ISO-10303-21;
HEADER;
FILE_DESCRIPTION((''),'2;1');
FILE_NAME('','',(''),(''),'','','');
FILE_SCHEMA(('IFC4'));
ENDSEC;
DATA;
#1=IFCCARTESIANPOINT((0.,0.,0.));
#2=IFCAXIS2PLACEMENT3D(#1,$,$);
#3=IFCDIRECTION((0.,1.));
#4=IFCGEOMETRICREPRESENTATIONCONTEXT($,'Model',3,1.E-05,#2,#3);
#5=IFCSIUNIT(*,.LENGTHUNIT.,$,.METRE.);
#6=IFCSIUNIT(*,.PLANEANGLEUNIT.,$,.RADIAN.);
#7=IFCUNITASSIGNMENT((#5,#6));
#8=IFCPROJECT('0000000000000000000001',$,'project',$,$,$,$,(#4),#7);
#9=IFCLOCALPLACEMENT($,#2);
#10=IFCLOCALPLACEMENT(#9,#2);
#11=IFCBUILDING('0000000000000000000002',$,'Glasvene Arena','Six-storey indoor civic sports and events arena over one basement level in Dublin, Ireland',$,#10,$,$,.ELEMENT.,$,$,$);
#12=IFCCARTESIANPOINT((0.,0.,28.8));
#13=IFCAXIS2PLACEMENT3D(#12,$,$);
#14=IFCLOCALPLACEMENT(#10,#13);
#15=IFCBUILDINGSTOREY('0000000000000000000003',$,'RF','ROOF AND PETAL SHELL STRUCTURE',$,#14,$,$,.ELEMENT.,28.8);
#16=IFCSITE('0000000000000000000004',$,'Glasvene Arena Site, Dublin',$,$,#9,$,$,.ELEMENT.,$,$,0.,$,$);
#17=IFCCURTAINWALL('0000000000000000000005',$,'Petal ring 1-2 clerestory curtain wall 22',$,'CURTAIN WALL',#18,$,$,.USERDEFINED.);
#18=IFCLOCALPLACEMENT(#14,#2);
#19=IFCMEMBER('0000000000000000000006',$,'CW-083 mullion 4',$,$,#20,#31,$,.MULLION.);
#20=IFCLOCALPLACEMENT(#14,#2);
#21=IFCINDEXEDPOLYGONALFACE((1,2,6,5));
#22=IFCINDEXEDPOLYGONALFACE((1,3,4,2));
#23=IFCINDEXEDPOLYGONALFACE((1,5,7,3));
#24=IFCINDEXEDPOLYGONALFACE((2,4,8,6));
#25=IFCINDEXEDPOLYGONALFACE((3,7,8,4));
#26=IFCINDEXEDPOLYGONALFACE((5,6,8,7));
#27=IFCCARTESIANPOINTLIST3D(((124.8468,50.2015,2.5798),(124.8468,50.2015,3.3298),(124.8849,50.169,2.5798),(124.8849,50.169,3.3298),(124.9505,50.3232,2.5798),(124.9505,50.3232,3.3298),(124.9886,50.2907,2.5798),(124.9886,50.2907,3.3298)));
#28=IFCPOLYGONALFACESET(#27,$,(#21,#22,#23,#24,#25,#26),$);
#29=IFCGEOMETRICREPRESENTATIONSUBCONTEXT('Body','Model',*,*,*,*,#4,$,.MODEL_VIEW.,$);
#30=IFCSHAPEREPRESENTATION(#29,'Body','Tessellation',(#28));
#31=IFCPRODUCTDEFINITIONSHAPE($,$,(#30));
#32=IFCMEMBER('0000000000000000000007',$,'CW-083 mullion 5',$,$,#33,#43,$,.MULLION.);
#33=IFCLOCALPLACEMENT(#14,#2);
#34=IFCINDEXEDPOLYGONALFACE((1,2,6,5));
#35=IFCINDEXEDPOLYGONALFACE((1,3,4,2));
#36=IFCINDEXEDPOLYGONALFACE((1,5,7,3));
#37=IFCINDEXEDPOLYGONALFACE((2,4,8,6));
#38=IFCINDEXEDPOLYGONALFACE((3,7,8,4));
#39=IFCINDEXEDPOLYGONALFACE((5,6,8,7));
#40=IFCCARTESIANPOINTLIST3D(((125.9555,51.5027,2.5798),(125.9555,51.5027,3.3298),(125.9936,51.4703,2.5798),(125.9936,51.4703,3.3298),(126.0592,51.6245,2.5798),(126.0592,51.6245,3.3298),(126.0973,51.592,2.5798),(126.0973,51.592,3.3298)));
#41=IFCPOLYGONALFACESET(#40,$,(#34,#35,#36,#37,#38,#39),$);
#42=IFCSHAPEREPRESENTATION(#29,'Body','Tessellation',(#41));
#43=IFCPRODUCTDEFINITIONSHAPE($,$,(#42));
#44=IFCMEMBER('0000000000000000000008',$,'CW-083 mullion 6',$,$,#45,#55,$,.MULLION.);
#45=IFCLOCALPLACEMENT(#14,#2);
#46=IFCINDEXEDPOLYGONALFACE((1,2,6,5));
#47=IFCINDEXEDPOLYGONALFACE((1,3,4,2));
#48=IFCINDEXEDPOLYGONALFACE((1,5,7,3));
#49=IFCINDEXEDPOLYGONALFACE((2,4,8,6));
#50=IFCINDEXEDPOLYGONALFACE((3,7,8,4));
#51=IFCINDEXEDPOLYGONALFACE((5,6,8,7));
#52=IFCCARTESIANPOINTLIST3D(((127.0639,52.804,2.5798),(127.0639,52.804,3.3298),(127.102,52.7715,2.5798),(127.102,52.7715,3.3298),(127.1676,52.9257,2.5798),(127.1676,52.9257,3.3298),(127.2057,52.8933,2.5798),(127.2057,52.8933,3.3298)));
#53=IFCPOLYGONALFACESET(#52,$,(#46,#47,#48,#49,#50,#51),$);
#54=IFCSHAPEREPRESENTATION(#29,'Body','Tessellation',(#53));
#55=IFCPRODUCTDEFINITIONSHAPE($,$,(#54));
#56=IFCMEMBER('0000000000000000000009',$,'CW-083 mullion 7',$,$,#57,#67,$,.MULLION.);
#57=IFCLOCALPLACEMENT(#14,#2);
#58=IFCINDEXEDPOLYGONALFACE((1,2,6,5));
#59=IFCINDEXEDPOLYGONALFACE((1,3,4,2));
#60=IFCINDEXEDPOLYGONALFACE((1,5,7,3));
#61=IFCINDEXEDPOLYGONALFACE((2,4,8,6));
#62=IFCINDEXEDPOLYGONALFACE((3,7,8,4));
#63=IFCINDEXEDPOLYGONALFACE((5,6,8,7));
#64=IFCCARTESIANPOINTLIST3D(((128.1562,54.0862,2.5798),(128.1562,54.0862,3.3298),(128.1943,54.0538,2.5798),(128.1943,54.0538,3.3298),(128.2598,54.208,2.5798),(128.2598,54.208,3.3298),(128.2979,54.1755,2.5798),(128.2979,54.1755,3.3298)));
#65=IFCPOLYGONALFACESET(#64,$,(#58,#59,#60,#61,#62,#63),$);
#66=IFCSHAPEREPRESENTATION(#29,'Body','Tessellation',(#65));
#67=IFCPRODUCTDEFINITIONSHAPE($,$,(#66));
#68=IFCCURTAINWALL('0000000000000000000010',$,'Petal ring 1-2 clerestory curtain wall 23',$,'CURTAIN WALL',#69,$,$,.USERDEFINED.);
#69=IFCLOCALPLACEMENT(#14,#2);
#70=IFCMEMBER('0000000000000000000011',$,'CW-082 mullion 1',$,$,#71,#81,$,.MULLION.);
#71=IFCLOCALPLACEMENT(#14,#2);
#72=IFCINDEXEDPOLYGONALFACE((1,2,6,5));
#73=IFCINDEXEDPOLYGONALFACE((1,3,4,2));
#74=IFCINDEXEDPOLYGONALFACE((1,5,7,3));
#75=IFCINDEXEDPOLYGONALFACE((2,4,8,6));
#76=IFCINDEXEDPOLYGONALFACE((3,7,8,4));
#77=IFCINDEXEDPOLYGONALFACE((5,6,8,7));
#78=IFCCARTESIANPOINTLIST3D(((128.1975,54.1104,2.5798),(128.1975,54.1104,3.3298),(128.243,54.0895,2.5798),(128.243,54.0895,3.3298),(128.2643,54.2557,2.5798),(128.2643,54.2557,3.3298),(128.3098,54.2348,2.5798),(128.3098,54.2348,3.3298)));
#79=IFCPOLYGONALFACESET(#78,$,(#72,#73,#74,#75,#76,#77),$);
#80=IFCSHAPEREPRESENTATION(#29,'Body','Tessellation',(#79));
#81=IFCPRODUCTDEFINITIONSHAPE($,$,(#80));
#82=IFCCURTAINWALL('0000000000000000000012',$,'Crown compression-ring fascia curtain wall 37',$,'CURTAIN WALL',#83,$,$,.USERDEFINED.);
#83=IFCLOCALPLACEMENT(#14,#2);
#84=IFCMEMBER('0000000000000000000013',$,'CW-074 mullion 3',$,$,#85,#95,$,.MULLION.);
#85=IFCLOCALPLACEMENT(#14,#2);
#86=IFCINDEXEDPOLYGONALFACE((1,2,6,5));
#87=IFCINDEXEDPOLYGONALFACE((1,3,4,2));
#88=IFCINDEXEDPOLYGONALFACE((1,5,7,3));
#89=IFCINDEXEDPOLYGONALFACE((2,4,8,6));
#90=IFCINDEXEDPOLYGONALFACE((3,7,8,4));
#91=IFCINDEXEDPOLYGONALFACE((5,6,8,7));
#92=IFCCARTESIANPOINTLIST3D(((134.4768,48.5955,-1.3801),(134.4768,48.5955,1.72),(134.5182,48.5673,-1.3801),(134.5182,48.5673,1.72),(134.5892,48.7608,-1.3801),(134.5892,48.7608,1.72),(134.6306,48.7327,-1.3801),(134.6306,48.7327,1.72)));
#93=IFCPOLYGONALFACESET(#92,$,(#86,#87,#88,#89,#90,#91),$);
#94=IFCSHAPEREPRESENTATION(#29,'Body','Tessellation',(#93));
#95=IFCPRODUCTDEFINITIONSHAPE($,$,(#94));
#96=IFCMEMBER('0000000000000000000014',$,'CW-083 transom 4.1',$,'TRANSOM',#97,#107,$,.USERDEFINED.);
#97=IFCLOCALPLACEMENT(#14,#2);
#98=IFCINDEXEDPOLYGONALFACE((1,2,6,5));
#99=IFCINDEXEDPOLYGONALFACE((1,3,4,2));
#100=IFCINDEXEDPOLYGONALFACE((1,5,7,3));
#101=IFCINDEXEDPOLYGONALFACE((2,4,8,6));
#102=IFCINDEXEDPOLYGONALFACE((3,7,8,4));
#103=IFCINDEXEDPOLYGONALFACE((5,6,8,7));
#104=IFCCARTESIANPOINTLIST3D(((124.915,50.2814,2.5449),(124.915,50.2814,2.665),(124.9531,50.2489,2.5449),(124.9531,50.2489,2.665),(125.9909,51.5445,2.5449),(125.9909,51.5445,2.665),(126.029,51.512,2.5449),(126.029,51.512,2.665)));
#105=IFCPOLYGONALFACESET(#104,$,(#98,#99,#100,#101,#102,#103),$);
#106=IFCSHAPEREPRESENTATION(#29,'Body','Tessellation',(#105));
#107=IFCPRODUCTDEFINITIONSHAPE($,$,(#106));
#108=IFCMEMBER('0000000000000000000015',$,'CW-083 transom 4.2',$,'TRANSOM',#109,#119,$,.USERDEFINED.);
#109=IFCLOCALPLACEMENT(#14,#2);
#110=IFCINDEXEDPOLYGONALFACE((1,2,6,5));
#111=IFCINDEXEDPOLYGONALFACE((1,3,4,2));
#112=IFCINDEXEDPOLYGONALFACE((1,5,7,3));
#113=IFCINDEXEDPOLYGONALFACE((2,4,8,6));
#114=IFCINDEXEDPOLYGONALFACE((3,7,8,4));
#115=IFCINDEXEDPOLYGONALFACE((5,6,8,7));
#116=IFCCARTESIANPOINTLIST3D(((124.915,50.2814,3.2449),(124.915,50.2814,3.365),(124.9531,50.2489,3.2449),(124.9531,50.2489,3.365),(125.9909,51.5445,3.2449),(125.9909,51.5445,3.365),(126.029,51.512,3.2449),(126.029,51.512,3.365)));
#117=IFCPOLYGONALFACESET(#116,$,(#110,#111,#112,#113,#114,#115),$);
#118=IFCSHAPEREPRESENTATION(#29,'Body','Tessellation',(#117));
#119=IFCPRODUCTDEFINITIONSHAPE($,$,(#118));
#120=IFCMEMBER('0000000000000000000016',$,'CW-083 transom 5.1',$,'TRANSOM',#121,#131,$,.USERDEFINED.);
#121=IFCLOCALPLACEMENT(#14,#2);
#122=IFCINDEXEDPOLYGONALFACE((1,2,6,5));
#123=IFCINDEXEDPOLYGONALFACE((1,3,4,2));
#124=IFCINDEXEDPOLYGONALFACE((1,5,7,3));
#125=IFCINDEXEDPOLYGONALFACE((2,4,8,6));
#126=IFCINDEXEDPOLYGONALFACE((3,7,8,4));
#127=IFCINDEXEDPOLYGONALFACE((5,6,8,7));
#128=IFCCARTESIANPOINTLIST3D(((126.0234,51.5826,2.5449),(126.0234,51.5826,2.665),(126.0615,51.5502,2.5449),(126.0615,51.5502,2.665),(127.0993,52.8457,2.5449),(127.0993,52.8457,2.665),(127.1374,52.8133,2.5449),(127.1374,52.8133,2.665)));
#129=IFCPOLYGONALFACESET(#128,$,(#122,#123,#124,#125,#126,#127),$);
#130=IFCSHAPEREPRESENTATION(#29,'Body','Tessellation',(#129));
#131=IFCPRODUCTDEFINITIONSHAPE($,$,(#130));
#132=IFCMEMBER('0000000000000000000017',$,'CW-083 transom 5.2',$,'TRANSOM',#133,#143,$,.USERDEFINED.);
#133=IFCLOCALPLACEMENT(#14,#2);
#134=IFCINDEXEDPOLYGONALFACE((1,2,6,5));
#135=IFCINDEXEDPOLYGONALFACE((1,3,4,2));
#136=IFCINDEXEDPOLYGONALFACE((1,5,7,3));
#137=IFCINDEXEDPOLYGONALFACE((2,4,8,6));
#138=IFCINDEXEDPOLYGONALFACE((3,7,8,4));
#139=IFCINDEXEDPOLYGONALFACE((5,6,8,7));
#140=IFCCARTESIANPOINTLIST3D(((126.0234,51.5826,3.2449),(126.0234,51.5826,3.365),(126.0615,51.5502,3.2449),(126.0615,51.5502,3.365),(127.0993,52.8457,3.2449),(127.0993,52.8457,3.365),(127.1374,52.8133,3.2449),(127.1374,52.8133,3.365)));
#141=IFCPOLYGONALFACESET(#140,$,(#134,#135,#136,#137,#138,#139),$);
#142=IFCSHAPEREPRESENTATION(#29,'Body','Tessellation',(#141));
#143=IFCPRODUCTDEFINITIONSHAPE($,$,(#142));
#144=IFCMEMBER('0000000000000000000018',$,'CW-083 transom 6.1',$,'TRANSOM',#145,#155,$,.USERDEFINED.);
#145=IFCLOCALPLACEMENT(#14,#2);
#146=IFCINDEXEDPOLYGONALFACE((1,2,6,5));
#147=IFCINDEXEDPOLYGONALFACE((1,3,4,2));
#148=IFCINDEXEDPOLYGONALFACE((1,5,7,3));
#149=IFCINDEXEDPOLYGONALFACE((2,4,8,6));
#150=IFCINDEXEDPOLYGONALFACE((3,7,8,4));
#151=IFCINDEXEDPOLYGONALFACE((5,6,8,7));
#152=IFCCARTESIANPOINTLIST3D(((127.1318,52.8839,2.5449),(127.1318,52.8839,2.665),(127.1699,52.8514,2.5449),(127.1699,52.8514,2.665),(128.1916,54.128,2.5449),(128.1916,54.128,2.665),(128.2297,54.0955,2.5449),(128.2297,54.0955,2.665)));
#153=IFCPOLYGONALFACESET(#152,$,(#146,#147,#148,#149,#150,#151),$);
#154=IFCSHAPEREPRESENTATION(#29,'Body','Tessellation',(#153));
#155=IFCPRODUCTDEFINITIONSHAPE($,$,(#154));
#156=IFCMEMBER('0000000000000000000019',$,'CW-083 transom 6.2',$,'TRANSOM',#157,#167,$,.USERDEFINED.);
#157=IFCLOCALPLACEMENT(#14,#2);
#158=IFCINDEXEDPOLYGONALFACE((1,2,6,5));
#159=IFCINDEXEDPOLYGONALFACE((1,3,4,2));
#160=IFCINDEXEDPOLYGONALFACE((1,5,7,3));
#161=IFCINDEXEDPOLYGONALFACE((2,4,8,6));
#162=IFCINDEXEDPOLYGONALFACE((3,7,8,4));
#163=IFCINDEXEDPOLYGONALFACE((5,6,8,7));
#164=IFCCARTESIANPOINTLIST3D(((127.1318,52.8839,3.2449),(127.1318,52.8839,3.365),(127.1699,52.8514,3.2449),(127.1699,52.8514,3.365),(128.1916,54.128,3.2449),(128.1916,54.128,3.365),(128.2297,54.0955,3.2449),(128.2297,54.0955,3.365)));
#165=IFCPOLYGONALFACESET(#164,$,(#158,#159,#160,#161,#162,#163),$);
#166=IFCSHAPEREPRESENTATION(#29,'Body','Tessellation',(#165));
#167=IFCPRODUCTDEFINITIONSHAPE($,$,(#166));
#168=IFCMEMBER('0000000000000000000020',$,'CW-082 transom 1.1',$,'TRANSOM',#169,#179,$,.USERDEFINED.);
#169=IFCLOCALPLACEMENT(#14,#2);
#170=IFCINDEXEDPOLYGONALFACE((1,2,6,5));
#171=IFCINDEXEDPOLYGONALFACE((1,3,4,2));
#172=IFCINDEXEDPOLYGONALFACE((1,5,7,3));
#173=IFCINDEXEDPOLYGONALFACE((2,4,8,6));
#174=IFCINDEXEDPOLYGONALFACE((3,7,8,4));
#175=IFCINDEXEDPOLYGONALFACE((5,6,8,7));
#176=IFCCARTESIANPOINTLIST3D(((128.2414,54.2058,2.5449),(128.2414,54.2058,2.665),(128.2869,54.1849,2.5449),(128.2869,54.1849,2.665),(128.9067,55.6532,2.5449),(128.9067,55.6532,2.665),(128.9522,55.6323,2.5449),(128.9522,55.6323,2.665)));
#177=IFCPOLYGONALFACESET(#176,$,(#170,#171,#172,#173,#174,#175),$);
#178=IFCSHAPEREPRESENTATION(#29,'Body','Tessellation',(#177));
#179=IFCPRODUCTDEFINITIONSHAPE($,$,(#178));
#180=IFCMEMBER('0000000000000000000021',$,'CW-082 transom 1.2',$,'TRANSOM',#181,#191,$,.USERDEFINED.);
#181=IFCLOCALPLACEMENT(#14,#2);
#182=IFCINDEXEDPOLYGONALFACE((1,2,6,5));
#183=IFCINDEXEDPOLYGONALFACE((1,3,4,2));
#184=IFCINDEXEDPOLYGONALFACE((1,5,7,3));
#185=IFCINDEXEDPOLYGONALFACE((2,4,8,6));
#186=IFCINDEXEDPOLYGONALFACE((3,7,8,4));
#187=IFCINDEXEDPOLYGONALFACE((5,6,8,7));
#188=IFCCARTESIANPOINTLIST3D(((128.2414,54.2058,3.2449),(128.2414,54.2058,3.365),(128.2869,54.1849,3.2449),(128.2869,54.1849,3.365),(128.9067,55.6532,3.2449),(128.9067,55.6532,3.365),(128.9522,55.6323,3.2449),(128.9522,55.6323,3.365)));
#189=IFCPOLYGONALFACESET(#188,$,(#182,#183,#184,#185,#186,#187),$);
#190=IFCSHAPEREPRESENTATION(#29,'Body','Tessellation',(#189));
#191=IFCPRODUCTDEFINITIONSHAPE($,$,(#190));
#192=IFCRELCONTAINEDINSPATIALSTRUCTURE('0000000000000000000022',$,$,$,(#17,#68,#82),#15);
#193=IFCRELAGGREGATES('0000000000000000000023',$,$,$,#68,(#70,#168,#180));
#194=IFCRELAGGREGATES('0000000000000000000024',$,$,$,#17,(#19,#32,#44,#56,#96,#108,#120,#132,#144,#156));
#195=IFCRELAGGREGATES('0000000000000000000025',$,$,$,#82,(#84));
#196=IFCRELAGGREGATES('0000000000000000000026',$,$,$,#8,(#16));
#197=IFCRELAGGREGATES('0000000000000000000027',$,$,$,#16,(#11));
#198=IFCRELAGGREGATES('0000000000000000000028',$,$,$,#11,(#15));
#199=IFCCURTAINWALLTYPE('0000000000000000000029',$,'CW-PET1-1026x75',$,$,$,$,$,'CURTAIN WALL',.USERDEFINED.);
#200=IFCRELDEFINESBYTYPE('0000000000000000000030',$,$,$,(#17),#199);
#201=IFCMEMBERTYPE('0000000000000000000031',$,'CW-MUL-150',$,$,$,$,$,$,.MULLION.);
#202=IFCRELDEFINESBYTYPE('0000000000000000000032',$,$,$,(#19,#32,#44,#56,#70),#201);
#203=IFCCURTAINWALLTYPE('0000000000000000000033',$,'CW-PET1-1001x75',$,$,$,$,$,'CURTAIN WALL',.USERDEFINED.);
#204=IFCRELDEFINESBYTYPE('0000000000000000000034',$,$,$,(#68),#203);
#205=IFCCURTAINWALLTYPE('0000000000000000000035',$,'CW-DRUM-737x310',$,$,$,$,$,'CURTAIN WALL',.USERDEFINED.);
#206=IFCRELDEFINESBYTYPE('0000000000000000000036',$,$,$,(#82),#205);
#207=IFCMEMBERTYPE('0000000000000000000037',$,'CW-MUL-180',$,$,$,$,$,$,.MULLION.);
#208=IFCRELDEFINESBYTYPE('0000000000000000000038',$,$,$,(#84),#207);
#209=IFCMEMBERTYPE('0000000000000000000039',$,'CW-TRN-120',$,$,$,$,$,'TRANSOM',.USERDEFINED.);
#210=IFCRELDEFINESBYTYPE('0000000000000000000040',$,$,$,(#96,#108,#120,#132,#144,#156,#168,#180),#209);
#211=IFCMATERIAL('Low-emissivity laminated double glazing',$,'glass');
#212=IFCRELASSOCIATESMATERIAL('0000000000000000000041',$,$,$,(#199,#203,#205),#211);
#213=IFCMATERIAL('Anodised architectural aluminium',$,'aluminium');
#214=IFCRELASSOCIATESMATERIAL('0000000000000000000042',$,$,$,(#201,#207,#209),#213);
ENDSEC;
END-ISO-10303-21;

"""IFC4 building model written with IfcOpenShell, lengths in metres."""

from ifc_helpers import new_model, si_unit, direction, frame, origin, origin_2d, place, context, subcontext, project, spatial, rectangle, extrude, material, material_profile, profile_set, type_object, element, aggregate, save


model = new_model("IFC4")

# Units and contexts
model_context = context("Model", 3, precision=1e-05, world=origin(), true_north=direction((0.0, 1.0)))
body_context = subcontext(model_context, "Body", "Model", "MODEL_VIEW")
ifc_project = project(units=[si_unit("LENGTHUNIT", "METRE"), si_unit("PLANEANGLEUNIT", "RADIAN")], contexts=[model_context])

# Site, building, storey
site_placement = place(None, origin())
site = spatial("IfcSite", under=ifc_project, at=site_placement, Name="Glasvene Arena Site, Dublin", CompositionType="ELEMENT", RefElevation=0.0)
building_placement = place(site_placement, origin())
building = spatial("IfcBuilding", under=site, at=building_placement, Name="Glasvene Arena", Description="Six-storey indoor civic sports and events arena over one basement level in Dublin, Ireland", CompositionType="ELEMENT")
storey_placement = place(building_placement, frame((0.0, 0.0, 28.8)))
storey = spatial("IfcBuildingStorey", under=building, at=storey_placement, Name="RF", Description="ROOF AND PETAL SHELL STRUCTURE", CompositionType="ELEMENT", Elevation=28.8)

# Curtain wall, members
ifc_material_1 = material(Name="Low-emissivity laminated double glazing", Category="glass")
curtain_wall_type_1 = type_object("IfcCurtainWallType", Name="CW-PET1-1026x75", ElementType="CURTAIN WALL", PredefinedType="USERDEFINED", material=ifc_material_1)
curtain_wall_1_placement = place(storey_placement, frame((121.5923, 46.342, 0.0)))
curtain_wall_1 = element("IfcCurtainWall", 1, at=curtain_wall_1_placement, inside=storey, type_object=curtain_wall_type_1, Name="Petal ring 1-2 clerestory curtain wall 22", ObjectType="CURTAIN WALL", PredefinedType="USERDEFINED")
ifc_material_2 = material(Name="Anodised architectural aluminium", Category="aluminium")
ifc_material_profile_1 = material_profile(ifc_material_2, rectangle(XDim=0.05, YDim=0.1599, at=origin_2d()), Name="ALU MULLION 50x160")
ifc_profile_set_1 = profile_set([ifc_material_profile_1], Name="Anodised architectural aluminium")
member_type_1 = type_object("IfcMemberType", Name="CW-MUL-150", PredefinedType="MULLION", material=ifc_profile_set_1)
member_1_placement = place(storey_placement, frame((124.9177, 50.2461, 2.5798), z_axis=(0.0, 0.0, 1.0), x_axis=(-0.761261, 0.648445, 0.0)))
member_1 = element("IfcMember", 2, at=member_1_placement, type_object=member_type_1, Name="CW-083 mullion 4", PredefinedType="MULLION", context=body_context, shape_type="SweptSolid", body=[
    extrude(rectangle(XDim=0.05, YDim=0.1599, at=origin_2d()), origin(), (0.0, 0.0, 1.0), 0.75),
])
member_2_placement = place(storey_placement, frame((126.0264, 51.5474, 2.5798), z_axis=(0.0, 0.0, 1.0), x_axis=(-0.761261, 0.648445, 0.0)))
member_2 = element("IfcMember", 3, at=member_2_placement, type_object=member_type_1, Name="CW-083 mullion 5", PredefinedType="MULLION", context=body_context, shape_type="SweptSolid", body=[
    extrude(rectangle(XDim=0.05, YDim=0.1599, at=origin_2d()), origin(), (0.0, 0.0, 1.0), 0.75),
])
member_3_placement = place(storey_placement, frame((127.1348, 52.8486, 2.5798), z_axis=(0.0, 0.0, 1.0), x_axis=(-0.761261, 0.648445, 0.0)))
member_3 = element("IfcMember", 4, at=member_3_placement, type_object=member_type_1, Name="CW-083 mullion 6", PredefinedType="MULLION", context=body_context, shape_type="SweptSolid", body=[
    extrude(rectangle(XDim=0.05, YDim=0.1599, at=origin_2d()), origin(), (0.0, 0.0, 1.0), 0.75),
])
member_4_placement = place(storey_placement, frame((128.2271, 54.1309, 2.5798), z_axis=(0.0, 0.0, 1.0), x_axis=(-0.761261, 0.648445, 0.0)))
member_4 = element("IfcMember", 5, at=member_4_placement, type_object=member_type_1, Name="CW-083 mullion 7", PredefinedType="MULLION", context=body_context, shape_type="SweptSolid", body=[
    extrude(rectangle(XDim=0.05, YDim=0.1599, at=origin_2d()), origin(), (0.0, 0.0, 1.0), 0.75),
])

# Curtain walls, members
curtain_wall_type_2 = type_object("IfcCurtainWallType", Name="CW-PET1-1001x75", ElementType="CURTAIN WALL", PredefinedType="USERDEFINED", material=ifc_material_1)
curtain_wall_2_placement = place(storey_placement, frame((128.2432, 54.1499, 0.0)))
curtain_wall_2 = element("IfcCurtainWall", 6, at=curtain_wall_2_placement, inside=storey, type_object=curtain_wall_type_2, Name="Petal ring 1-2 clerestory curtain wall 23", ObjectType="CURTAIN WALL", PredefinedType="USERDEFINED")
member_5_placement = place(storey_placement, frame((128.2537, 54.1726, 2.5798), z_axis=(0.0, 0.0, 1.0), x_axis=(-0.908557, 0.417761, 0.0)))
member_5 = element("IfcMember", 7, at=member_5_placement, type_object=member_type_1, Name="CW-082 mullion 1", PredefinedType="MULLION", context=body_context, shape_type="SweptSolid", body=[
    extrude(rectangle(XDim=0.05, YDim=0.1599, at=origin_2d()), origin(), (0.0, 0.0, 1.0), 0.75),
])
curtain_wall_type_3 = type_object("IfcCurtainWallType", Name="CW-DRUM-737x310", ElementType="CURTAIN WALL", PredefinedType="USERDEFINED", material=ifc_material_1)
curtain_wall_3_placement = place(storey_placement, frame((132.8958, 46.2263, 0.0)))
curtain_wall_3 = element("IfcCurtainWall", 8, at=curtain_wall_3_placement, inside=storey, type_object=curtain_wall_type_3, Name="Crown compression-ring fascia curtain wall 37", ObjectType="CURTAIN WALL", PredefinedType="USERDEFINED")
ifc_material_profile_2 = material_profile(ifc_material_2, rectangle(XDim=0.05, YDim=0.2, at=origin_2d()), Name="ALU MULLION 50x200")
ifc_profile_set_2 = profile_set([ifc_material_profile_2], Name="Anodised architectural aluminium")
member_type_2 = type_object("IfcMemberType", Name="CW-MUL-180", PredefinedType="MULLION", material=ifc_profile_set_2)
member_6_placement = place(storey_placement, frame((134.5537, 48.6641, -1.3801), z_axis=(0.0, 0.0, 1.0), x_axis=(-0.826896, 0.562354, 0.0)))
member_6 = element("IfcMember", 9, at=member_6_placement, type_object=member_type_2, Name="CW-074 mullion 3", PredefinedType="MULLION", context=body_context, shape_type="SweptSolid", body=[
    extrude(rectangle(XDim=0.05, YDim=0.2, at=origin_2d()), origin(), (0.0, 0.0, 1.0), 3.1001),
])

# Members
ifc_material_profile_3 = material_profile(ifc_material_2, rectangle(XDim=0.05, YDim=0.1201, at=origin_2d()), Name="ALU TRANSOM 50x120")
ifc_profile_set_3 = profile_set([ifc_material_profile_3], Name="Anodised architectural aluminium")
member_type_3 = type_object("IfcMemberType", Name="CW-TRN-120", ElementType="TRANSOM", PredefinedType="USERDEFINED", material=ifc_profile_set_3)
member_7_placement = place(storey_placement, frame((124.9341, 50.2651, 2.605), z_axis=(0.648425, 0.761278, 0.0), x_axis=(-0.761278, 0.648425, 0.0)))
member_7 = element("IfcMember", 10, at=member_7_placement, type_object=member_type_3, Name="CW-083 transom 4.1", ObjectType="TRANSOM", PredefinedType="USERDEFINED", context=body_context, shape_type="SweptSolid", body=[
    extrude(rectangle(XDim=0.05, YDim=0.1201, at=origin_2d()), origin(), (0.0, 0.0, 1.0), 1.6592),
])
member_8_placement = place(storey_placement, frame((124.9341, 50.2651, 3.3049), z_axis=(0.648425, 0.761278, 0.0), x_axis=(-0.761278, 0.648425, 0.0)))
member_8 = element("IfcMember", 11, at=member_8_placement, type_object=member_type_3, Name="CW-083 transom 4.2", ObjectType="TRANSOM", PredefinedType="USERDEFINED", context=body_context, shape_type="SweptSolid", body=[
    extrude(rectangle(XDim=0.05, YDim=0.1201, at=origin_2d()), origin(), (0.0, 0.0, 1.0), 1.6592),
])
member_9_placement = place(storey_placement, frame((126.0425, 51.5664, 2.605), z_axis=(0.648425, 0.761278, 0.0), x_axis=(-0.761278, 0.648425, 0.0)))
member_9 = element("IfcMember", 12, at=member_9_placement, type_object=member_type_3, Name="CW-083 transom 5.1", ObjectType="TRANSOM", PredefinedType="USERDEFINED", context=body_context, shape_type="SweptSolid", body=[
    extrude(rectangle(XDim=0.05, YDim=0.1201, at=origin_2d()), origin(), (0.0, 0.0, 1.0), 1.6592),
])
member_10_placement = place(storey_placement, frame((126.0425, 51.5664, 3.3049), z_axis=(0.648425, 0.761278, 0.0), x_axis=(-0.761278, 0.648425, 0.0)))
member_10 = element("IfcMember", 13, at=member_10_placement, type_object=member_type_3, Name="CW-083 transom 5.2", ObjectType="TRANSOM", PredefinedType="USERDEFINED", context=body_context, shape_type="SweptSolid", body=[
    extrude(rectangle(XDim=0.05, YDim=0.1201, at=origin_2d()), origin(), (0.0, 0.0, 1.0), 1.6592),
])
member_11_placement = place(storey_placement, frame((127.1509, 52.8677, 2.605), z_axis=(0.648463, 0.761246, 0.0), x_axis=(-0.761246, 0.648463, 0.0)))
member_11 = element("IfcMember", 14, at=member_11_placement, type_object=member_type_3, Name="CW-083 transom 6.1", ObjectType="TRANSOM", PredefinedType="USERDEFINED", context=body_context, shape_type="SweptSolid", body=[
    extrude(rectangle(XDim=0.05, YDim=0.1201, at=origin_2d()), origin(), (0.0, 0.0, 1.0), 1.6343),
])
member_12_placement = place(storey_placement, frame((127.1509, 52.8677, 3.3049), z_axis=(0.648463, 0.761246, 0.0), x_axis=(-0.761246, 0.648463, 0.0)))
member_12 = element("IfcMember", 15, at=member_12_placement, type_object=member_type_3, Name="CW-083 transom 6.2", ObjectType="TRANSOM", PredefinedType="USERDEFINED", context=body_context, shape_type="SweptSolid", body=[
    extrude(rectangle(XDim=0.05, YDim=0.1201, at=origin_2d()), origin(), (0.0, 0.0, 1.0), 1.6343),
])
member_13_placement = place(storey_placement, frame((128.2642, 54.1953, 2.605), z_axis=(0.41761, 0.908627, 0.0), x_axis=(-0.908627, 0.41761, 0.0)))
member_13 = element("IfcMember", 16, at=member_13_placement, type_object=member_type_3, Name="CW-082 transom 1.1", ObjectType="TRANSOM", PredefinedType="USERDEFINED", context=body_context, shape_type="SweptSolid", body=[
    extrude(rectangle(XDim=0.05, YDim=0.1201, at=origin_2d()), origin(), (0.0, 0.0, 1.0), 1.593),
])
member_14_placement = place(storey_placement, frame((128.2642, 54.1953, 3.3049), z_axis=(0.41761, 0.908627, 0.0), x_axis=(-0.908627, 0.41761, 0.0)))
member_14 = element("IfcMember", 17, at=member_14_placement, type_object=member_type_3, Name="CW-082 transom 1.2", ObjectType="TRANSOM", PredefinedType="USERDEFINED", context=body_context, shape_type="SweptSolid", body=[
    extrude(rectangle(XDim=0.05, YDim=0.1201, at=origin_2d()), origin(), (0.0, 0.0, 1.0), 1.593),
])
aggregate(curtain_wall_2, [member_5, member_13, member_14])

aggregate(curtain_wall_1, [member_1, member_2, member_3, member_4, member_7, member_8, member_9, member_10, member_11, member_12])
aggregate(curtain_wall_3, [member_6])

save(model, "model.ifc")
